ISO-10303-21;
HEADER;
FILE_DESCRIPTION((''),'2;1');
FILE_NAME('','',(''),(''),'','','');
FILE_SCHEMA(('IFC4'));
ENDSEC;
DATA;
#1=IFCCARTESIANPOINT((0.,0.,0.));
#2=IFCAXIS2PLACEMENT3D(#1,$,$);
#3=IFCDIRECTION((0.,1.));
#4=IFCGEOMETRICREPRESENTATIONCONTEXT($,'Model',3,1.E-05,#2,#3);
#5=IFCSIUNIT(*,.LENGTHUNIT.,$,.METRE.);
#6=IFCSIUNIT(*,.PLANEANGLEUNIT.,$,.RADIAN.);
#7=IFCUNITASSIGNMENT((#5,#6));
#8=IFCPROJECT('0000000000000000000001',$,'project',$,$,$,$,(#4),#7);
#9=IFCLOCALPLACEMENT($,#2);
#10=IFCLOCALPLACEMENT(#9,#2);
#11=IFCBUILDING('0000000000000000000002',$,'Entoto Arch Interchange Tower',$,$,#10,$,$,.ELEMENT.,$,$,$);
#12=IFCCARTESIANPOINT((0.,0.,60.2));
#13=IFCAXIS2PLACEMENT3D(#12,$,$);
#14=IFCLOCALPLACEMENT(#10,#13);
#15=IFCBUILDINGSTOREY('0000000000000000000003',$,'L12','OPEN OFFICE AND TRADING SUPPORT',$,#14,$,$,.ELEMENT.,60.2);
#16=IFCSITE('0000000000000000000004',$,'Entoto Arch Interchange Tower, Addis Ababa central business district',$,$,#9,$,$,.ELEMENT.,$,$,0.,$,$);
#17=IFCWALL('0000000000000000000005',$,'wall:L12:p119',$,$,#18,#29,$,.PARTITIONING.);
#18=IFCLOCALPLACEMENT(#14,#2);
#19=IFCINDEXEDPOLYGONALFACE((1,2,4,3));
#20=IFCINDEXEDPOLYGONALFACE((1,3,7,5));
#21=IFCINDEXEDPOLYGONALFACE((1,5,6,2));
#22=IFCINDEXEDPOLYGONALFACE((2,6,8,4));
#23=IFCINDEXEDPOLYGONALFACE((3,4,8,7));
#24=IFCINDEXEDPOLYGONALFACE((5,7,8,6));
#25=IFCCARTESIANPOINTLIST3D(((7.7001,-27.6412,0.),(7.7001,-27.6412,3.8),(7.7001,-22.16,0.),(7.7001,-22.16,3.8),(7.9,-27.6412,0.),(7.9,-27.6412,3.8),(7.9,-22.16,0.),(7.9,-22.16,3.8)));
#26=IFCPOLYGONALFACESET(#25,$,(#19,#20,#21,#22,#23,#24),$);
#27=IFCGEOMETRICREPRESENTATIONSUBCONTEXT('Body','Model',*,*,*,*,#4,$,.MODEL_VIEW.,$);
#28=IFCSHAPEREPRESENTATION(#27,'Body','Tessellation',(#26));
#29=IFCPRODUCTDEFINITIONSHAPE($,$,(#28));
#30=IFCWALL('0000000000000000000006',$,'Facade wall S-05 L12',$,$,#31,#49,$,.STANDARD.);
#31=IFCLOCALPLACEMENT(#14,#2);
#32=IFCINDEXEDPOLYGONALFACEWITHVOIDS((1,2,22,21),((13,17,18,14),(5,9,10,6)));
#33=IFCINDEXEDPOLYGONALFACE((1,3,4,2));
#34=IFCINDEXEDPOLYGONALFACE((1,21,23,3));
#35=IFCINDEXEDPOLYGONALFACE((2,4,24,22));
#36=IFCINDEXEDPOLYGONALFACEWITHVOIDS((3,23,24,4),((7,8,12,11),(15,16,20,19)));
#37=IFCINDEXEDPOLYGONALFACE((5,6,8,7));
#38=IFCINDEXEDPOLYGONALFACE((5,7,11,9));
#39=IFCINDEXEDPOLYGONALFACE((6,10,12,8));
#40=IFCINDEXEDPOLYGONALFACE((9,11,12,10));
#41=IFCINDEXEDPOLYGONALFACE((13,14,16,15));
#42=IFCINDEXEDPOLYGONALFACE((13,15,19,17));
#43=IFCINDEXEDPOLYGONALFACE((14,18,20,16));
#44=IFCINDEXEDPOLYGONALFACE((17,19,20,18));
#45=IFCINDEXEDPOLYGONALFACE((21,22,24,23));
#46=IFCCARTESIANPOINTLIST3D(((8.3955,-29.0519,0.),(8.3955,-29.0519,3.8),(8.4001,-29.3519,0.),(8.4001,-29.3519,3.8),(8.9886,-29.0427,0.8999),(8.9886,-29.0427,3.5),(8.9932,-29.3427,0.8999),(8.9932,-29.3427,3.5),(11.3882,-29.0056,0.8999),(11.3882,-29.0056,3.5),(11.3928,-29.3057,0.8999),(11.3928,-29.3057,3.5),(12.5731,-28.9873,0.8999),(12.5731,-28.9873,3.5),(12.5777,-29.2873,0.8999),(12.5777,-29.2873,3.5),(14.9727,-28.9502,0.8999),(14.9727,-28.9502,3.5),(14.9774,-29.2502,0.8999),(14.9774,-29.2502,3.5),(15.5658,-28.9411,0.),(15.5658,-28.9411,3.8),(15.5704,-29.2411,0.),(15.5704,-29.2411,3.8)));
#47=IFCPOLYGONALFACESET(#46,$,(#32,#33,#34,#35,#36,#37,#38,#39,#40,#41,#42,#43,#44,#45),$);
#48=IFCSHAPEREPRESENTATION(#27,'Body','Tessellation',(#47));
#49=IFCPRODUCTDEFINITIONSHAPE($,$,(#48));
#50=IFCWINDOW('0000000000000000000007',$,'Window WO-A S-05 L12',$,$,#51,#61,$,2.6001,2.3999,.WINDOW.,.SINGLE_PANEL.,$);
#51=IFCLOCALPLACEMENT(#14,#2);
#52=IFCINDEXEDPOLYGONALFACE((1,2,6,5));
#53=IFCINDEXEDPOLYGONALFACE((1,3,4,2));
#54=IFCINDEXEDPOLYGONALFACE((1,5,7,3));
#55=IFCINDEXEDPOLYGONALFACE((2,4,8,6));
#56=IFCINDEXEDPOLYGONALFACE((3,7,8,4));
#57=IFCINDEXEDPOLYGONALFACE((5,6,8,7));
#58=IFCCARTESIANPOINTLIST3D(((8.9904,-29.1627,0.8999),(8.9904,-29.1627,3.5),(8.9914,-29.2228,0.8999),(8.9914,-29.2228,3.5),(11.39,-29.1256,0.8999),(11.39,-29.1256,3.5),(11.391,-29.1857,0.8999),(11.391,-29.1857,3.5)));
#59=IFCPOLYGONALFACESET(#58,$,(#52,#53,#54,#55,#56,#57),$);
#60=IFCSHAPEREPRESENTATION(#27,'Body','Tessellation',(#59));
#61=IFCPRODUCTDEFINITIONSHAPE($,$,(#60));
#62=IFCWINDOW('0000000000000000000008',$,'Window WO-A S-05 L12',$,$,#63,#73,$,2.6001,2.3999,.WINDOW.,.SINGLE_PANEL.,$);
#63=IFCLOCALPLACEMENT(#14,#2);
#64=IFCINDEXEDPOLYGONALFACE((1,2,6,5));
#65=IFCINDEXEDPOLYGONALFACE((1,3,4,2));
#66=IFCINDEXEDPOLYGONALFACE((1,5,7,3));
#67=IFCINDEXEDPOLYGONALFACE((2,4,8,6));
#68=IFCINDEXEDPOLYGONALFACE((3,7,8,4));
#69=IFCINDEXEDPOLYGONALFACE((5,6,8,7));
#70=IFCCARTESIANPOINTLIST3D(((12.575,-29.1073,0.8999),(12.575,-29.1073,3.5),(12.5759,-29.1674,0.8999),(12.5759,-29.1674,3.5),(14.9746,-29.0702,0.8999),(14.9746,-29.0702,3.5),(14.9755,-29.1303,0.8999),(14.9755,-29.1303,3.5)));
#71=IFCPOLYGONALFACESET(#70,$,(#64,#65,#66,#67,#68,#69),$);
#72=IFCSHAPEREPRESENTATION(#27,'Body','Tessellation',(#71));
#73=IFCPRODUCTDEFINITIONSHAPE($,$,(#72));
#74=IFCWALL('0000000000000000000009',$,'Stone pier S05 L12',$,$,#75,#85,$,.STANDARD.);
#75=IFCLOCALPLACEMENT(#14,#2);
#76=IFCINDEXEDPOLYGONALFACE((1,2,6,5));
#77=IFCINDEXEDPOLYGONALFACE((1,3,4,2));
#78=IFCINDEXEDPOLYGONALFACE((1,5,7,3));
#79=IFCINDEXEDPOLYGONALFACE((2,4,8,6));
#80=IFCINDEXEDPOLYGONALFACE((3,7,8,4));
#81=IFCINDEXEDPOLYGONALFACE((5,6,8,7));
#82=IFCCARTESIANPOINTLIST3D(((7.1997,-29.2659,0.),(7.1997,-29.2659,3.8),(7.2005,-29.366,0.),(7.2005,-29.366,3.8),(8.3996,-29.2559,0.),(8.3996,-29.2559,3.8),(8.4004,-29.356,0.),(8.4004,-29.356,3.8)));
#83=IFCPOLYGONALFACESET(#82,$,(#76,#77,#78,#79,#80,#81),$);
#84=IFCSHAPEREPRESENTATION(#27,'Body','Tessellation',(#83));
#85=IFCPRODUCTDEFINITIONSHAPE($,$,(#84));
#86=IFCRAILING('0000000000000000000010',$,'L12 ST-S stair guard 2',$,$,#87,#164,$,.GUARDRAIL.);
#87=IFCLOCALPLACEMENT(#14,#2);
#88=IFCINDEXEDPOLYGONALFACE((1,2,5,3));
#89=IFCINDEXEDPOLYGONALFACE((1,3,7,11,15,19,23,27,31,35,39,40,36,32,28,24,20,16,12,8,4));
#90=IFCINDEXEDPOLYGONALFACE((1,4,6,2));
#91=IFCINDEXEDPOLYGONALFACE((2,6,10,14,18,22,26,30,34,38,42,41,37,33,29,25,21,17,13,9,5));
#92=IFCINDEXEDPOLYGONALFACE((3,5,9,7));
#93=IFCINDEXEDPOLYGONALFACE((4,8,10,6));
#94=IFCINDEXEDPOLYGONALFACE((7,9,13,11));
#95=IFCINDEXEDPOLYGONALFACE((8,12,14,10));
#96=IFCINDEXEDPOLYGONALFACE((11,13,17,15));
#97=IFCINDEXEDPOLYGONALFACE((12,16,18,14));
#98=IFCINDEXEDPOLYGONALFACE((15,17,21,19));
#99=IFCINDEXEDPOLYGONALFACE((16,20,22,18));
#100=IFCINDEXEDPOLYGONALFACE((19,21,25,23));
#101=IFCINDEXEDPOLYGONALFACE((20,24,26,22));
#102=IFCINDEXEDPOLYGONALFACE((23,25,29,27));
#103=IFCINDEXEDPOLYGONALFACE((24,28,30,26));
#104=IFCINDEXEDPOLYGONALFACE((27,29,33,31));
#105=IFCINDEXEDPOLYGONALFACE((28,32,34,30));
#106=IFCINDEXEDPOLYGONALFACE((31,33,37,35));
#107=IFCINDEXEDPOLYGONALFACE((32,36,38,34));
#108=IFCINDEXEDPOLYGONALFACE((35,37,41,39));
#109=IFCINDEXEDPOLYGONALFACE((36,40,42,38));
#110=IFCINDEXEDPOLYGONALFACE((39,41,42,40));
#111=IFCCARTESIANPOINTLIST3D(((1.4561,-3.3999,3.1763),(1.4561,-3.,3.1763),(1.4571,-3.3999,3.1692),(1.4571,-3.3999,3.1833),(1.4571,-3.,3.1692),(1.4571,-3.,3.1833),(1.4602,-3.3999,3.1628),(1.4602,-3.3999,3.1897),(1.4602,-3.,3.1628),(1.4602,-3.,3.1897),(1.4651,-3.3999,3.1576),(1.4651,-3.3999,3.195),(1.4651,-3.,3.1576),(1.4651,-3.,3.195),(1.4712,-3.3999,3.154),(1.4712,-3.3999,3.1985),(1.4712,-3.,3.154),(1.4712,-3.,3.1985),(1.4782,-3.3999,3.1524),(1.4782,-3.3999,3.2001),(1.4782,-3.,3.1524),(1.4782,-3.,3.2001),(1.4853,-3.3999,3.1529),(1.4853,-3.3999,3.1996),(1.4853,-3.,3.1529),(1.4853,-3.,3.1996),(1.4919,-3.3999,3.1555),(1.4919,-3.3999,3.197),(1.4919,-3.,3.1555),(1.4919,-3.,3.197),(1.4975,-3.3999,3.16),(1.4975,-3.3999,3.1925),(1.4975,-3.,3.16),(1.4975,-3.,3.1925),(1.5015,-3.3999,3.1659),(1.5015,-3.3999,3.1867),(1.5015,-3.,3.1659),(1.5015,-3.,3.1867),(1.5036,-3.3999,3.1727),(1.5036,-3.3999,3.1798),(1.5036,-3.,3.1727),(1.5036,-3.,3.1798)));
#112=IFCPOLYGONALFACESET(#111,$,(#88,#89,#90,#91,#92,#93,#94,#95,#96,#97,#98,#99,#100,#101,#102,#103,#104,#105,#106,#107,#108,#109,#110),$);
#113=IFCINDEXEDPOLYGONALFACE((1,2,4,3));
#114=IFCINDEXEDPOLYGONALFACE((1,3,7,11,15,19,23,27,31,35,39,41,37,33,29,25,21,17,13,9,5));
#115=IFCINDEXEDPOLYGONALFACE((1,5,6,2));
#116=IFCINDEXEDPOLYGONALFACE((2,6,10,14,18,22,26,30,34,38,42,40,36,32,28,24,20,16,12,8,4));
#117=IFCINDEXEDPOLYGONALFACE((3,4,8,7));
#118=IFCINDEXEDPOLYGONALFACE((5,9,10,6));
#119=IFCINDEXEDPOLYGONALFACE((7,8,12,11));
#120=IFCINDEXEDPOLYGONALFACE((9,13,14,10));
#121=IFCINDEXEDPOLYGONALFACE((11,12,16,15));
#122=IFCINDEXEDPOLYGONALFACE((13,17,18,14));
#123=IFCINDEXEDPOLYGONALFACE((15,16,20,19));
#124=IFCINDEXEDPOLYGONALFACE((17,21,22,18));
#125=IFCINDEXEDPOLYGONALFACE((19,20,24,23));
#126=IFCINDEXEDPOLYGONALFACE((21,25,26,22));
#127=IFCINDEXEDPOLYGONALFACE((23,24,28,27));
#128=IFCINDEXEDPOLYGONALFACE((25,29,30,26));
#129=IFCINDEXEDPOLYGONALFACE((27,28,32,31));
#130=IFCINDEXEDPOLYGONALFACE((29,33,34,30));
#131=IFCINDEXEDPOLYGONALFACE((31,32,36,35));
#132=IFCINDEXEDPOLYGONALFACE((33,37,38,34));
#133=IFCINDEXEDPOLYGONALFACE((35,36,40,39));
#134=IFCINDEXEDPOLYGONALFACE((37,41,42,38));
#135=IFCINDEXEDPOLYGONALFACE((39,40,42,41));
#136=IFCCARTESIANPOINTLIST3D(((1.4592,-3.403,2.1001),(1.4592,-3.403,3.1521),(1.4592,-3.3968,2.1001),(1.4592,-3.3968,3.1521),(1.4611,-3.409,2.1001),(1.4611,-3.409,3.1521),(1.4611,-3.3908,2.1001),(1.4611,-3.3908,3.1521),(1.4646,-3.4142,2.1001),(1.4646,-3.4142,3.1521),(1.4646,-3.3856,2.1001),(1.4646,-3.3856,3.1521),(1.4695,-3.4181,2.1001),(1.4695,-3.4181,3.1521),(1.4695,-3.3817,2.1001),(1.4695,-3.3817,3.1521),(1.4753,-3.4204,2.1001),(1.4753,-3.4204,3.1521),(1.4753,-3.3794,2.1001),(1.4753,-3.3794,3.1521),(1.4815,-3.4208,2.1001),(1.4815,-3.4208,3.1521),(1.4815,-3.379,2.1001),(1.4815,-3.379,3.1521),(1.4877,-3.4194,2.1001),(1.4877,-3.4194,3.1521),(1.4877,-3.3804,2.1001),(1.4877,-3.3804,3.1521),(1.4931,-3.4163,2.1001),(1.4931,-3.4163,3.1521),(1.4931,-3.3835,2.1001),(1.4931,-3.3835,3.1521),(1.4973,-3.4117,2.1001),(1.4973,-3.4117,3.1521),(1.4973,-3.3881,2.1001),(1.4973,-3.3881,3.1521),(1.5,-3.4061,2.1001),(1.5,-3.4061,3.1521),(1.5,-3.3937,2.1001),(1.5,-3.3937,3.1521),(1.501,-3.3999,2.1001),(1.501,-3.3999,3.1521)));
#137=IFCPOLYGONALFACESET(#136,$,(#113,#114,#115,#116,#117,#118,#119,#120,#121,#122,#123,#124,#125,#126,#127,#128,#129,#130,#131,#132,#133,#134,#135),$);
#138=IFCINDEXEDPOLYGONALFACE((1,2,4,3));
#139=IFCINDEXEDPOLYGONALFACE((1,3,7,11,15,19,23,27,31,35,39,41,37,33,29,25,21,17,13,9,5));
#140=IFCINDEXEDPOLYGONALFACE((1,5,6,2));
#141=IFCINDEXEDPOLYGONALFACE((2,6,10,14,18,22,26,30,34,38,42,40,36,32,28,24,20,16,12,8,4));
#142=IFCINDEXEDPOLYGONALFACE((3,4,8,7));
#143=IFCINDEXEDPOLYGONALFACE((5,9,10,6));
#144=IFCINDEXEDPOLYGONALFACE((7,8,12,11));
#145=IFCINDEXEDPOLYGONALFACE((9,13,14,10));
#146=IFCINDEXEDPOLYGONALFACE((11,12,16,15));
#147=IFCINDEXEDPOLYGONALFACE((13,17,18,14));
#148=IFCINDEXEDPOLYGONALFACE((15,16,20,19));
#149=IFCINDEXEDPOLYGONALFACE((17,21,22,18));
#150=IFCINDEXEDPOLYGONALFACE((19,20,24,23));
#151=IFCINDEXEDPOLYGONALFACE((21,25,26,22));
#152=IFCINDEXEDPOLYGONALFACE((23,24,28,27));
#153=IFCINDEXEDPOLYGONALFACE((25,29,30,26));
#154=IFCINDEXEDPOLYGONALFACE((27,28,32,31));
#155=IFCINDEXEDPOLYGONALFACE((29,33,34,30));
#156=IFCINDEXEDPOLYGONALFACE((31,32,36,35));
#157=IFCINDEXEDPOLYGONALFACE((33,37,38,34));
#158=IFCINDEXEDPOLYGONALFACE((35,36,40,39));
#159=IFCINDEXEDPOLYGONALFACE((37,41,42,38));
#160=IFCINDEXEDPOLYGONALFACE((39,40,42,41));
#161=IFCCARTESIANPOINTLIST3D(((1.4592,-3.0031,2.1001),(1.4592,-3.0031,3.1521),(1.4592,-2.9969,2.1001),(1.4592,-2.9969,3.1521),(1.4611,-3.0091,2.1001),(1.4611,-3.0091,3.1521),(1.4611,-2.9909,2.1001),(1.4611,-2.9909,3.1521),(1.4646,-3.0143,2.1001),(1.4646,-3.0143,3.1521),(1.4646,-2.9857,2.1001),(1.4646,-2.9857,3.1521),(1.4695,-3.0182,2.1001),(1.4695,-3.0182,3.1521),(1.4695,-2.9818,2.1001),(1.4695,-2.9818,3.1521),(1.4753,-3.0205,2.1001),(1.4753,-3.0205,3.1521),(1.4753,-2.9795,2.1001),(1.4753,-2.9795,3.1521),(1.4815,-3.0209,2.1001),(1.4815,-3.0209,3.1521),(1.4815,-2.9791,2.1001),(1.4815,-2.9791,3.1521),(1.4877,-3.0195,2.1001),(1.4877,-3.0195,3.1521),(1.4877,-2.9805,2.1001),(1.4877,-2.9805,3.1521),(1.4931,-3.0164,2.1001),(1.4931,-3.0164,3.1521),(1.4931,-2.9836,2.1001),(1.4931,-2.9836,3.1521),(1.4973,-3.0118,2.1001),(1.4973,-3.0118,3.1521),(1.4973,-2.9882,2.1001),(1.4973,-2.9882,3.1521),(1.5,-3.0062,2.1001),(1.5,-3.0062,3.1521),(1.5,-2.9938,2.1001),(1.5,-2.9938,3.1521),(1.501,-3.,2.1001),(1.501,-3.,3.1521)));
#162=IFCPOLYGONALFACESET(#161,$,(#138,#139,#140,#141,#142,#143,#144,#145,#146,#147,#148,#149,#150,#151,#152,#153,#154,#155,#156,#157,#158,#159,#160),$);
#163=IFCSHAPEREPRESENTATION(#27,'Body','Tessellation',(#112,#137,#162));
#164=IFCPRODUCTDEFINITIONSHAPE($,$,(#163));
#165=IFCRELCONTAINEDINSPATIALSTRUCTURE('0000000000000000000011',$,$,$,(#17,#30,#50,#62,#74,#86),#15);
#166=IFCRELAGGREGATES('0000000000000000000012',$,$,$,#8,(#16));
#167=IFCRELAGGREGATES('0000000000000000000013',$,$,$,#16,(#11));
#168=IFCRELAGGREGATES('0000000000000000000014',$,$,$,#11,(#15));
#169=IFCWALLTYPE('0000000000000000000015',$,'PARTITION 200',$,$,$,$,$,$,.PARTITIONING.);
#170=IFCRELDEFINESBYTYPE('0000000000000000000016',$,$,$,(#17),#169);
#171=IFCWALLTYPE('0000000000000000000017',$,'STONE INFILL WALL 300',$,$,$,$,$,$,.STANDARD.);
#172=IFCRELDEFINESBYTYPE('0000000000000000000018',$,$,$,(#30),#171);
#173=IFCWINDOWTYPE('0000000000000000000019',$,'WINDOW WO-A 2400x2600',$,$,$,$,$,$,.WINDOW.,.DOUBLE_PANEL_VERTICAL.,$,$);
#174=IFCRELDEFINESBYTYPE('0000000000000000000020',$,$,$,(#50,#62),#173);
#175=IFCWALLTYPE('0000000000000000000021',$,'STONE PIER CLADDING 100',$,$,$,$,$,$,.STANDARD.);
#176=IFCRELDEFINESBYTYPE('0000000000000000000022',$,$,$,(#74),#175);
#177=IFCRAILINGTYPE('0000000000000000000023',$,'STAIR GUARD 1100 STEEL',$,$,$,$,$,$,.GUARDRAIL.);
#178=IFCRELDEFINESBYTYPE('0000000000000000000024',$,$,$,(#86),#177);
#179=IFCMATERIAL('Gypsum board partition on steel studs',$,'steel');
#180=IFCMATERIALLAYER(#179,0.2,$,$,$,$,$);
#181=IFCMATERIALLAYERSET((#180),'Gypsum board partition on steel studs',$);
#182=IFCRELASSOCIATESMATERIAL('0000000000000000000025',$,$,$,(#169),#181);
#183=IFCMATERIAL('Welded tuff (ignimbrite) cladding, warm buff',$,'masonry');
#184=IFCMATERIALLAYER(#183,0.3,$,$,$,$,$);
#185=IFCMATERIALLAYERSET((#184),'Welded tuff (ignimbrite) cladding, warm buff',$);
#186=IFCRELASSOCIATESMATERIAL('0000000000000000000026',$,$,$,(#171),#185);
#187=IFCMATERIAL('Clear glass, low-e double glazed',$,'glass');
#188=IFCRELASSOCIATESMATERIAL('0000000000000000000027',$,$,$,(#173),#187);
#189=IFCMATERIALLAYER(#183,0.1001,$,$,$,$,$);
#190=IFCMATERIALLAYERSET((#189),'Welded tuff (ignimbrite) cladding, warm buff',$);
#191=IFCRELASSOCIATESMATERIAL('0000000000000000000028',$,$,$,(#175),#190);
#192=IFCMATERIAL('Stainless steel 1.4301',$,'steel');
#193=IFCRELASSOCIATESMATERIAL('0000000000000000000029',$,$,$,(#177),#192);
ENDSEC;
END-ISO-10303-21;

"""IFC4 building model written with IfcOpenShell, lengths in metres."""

from ifc_helpers import new_model, si_unit, direction, frame, frame_2d, origin, origin_2d, place, context, subcontext, project, spatial, rectangle, circle, extrude, material, layer, layer_set, type_object, element, fill, save


model = new_model("IFC4")

# Units and contexts
model_context = context("Model", 3, precision=1e-05, world=origin(), true_north=direction((0.0, 1.0)))
body_context = subcontext(model_context, "Body", "Model", "MODEL_VIEW")
ifc_project = project(units=[si_unit("LENGTHUNIT", "METRE"), si_unit("PLANEANGLEUNIT", "RADIAN")], contexts=[model_context])

# Site, building, storey
site_placement = place(None, origin())
site = spatial("IfcSite", under=ifc_project, at=site_placement, Name="Entoto Arch Interchange Tower, Addis Ababa central business district", CompositionType="ELEMENT", RefElevation=0.0)
building_placement = place(site_placement, origin())
building = spatial("IfcBuilding", under=site, at=building_placement, Name="Entoto Arch Interchange Tower", CompositionType="ELEMENT")
storey_placement = place(building_placement, frame((0.0, 0.0, 60.2)))
storey = spatial("IfcBuildingStorey", under=building, at=storey_placement, Name="L12", Description="OPEN OFFICE AND TRADING SUPPORT", CompositionType="ELEMENT", Elevation=60.2)

# Shared definitions
ifc_material_1 = material(Name="Clear glass, low-e double glazed", Category="glass")

# Shared definitions
ifc_material_2 = material(Name="Gypsum board partition on steel studs", Category="steel")
ifc_layer_1 = layer(ifc_material_2, 0.2)
ifc_layer_set_1 = layer_set([ifc_layer_1], Name="Gypsum board partition on steel studs")
wall_type_1 = type_object("IfcWallType", Name="PARTITION 200", PredefinedType="PARTITIONING", material=ifc_layer_set_1)

# Wall
wall_1_placement = place(storey_placement, frame((7.8, -22.1599, 0.0), z_axis=(0.0, 0.0, 1.0), x_axis=(0.0, -1.0, 0.0)))
element("IfcWall", 1, at=wall_1_placement, inside=storey, type_object=wall_type_1, Name="wall:L12:p119", PredefinedType="PARTITIONING", context=body_context, shape_type="SweptSolid", body=[
    extrude(rectangle(XDim=5.4812, YDim=0.2, at=frame_2d((2.7407, 0.0))), origin(), (0.0, 0.0, 1.0), 3.8),
])

# Wall, openings, windows
ifc_material_3 = material(Name="Welded tuff (ignimbrite) cladding, warm buff", Category="masonry")
ifc_layer_2 = layer(ifc_material_3, 0.3)
ifc_layer_set_2 = layer_set([ifc_layer_2], Name="Welded tuff (ignimbrite) cladding, warm buff")
wall_type_2 = type_object("IfcWallType", Name="STONE INFILL WALL 300", PredefinedType="STANDARD", material=ifc_layer_set_2)
wall_2_placement = place(storey_placement, frame((8.3979, -29.2019, 0.0), z_axis=(0.0, 0.0, 1.0), x_axis=(0.999881, 0.015457, 0.0)))
wall_2 = element("IfcWall", 2, at=wall_2_placement, inside=storey, type_object=wall_type_2, Name="Facade wall S-05 L12", PredefinedType="STANDARD", context=body_context, shape_type="SweptSolid", body=[
    extrude(rectangle(XDim=7.1711, YDim=0.3, at=frame_2d((3.5854, 0.0))), origin(), (0.0, 0.0, 1.0), 3.8),
])
opening_1_placement = place(wall_2_placement, frame((0.593, 0.0, 0.8999)))
opening_1 = element("IfcOpeningElement", 3, at=opening_1_placement, cuts=wall_2, PredefinedType="OPENING", context=body_context, shape_type="SweptSolid", body=[
    extrude(rectangle(XDim=2.3999, YDim=2.6001, at=frame_2d((1.2, 1.3))), frame((0.0, 0.1602, 0.0), z_axis=(0.0, -1.0, 0.0), x_axis=(1.0, 0.0, 0.0)), (0.0, 0.0, 1.0), 0.3201),
])
opening_2_placement = place(wall_2_placement, frame((4.178, 0.0, 0.8999)))
opening_2 = element("IfcOpeningElement", 4, at=opening_2_placement, cuts=wall_2, PredefinedType="OPENING", context=body_context, shape_type="SweptSolid", body=[
    extrude(rectangle(XDim=2.3999, YDim=2.6001, at=frame_2d((1.2, 1.3))), frame((0.0, 0.1602, 0.0), z_axis=(0.0, -1.0, 0.0), x_axis=(1.0, 0.0, 0.0)), (0.0, 0.0, 1.0), 0.3201),
])
window_type = type_object("IfcWindowType", Name="WINDOW WO-A 2400x2600", PartitioningType="DOUBLE_PANEL_VERTICAL", PredefinedType="WINDOW", material=ifc_material_1)
window_1_placement = place(opening_1_placement, origin())
window_1 = element("IfcWindow", 5, at=window_1_placement, inside=storey, type_object=window_type, Name="Window WO-A S-05 L12", OverallHeight=2.6001, OverallWidth=2.3999, PartitioningType="SINGLE_PANEL", PredefinedType="WINDOW", context=body_context, shape_type="SweptSolid", body=[
    extrude(rectangle(XDim=2.3999, YDim=2.6001, at=frame_2d((1.2, 1.3))), frame((0.0, 0.03, 0.0), z_axis=(0.0, -1.0, 0.0), x_axis=(1.0, 0.0, 0.0)), (0.0, 0.0, 1.0), 0.0601),
])
fill(opening_1, window_1)
window_2_placement = place(opening_2_placement, origin())
window_2 = element("IfcWindow", 6, at=window_2_placement, inside=storey, type_object=window_type, Name="Window WO-A S-05 L12", OverallHeight=2.6001, OverallWidth=2.3999, PartitioningType="SINGLE_PANEL", PredefinedType="WINDOW", context=body_context, shape_type="SweptSolid", body=[
    extrude(rectangle(XDim=2.3999, YDim=2.6001, at=frame_2d((1.2, 1.3))), frame((0.0, 0.03, 0.0), z_axis=(0.0, -1.0, 0.0), x_axis=(1.0, 0.0, 0.0)), (0.0, 0.0, 1.0), 0.0601),
])
fill(opening_2, window_2)

# Wall
ifc_layer_3 = layer(ifc_material_3, 0.1001)
ifc_layer_set_3 = layer_set([ifc_layer_3], Name="Welded tuff (ignimbrite) cladding, warm buff")
wall_type_3 = type_object("IfcWallType", Name="STONE PIER CLADDING 100", PredefinedType="STANDARD", material=ifc_layer_set_3)
wall_3_placement = place(storey_placement, frame((7.2, -29.3159, 0.0), z_axis=(0.0, 0.0, 1.0), x_axis=(0.999965, 0.008342, 0.0)))
element("IfcWall", 7, at=wall_3_placement, inside=storey, type_object=wall_type_3, Name="Stone pier S05 L12", PredefinedType="STANDARD", context=body_context, shape_type="SweptSolid", body=[
    extrude(rectangle(XDim=1.2, YDim=0.1001, at=frame_2d((0.6001, 0.0))), origin(), (0.0, 0.0, 1.0), 3.8),
])

# Railing
ifc_material_4 = material(Name="Stainless steel 1.4301", Category="steel")
railing_type_1 = type_object("IfcRailingType", Name="STAIR GUARD 1100 STEEL", PredefinedType="GUARDRAIL", material=ifc_material_4)
railing_1_placement = place(storey_placement, frame((1.48, -3.3999, 2.1001)))
element("IfcRailing", 8, at=railing_1_placement, inside=storey, type_object=railing_type_1, Name="L12 ST-S stair guard 2", PredefinedType="GUARDRAIL", context=body_context, shape_type="SweptSolid", body=[
    extrude(circle(Radius=0.0239, at=origin_2d()), frame((0.0, 0.0, 1.0762), z_axis=(0.0, 1.0, 0.0), x_axis=(-1.0, 0.0, 0.0)), (0.0, 0.0, 1.0), 0.3999),
    extrude(circle(Radius=0.021, at=origin_2d()), origin(), (0.0, 0.0, 1.0), 1.052),
    extrude(circle(Radius=0.021, at=origin_2d()), frame((0.0, 0.3999, 0.0)), (0.0, 0.0, 1.0), 1.052),
])

save(model, "model.ifc")
